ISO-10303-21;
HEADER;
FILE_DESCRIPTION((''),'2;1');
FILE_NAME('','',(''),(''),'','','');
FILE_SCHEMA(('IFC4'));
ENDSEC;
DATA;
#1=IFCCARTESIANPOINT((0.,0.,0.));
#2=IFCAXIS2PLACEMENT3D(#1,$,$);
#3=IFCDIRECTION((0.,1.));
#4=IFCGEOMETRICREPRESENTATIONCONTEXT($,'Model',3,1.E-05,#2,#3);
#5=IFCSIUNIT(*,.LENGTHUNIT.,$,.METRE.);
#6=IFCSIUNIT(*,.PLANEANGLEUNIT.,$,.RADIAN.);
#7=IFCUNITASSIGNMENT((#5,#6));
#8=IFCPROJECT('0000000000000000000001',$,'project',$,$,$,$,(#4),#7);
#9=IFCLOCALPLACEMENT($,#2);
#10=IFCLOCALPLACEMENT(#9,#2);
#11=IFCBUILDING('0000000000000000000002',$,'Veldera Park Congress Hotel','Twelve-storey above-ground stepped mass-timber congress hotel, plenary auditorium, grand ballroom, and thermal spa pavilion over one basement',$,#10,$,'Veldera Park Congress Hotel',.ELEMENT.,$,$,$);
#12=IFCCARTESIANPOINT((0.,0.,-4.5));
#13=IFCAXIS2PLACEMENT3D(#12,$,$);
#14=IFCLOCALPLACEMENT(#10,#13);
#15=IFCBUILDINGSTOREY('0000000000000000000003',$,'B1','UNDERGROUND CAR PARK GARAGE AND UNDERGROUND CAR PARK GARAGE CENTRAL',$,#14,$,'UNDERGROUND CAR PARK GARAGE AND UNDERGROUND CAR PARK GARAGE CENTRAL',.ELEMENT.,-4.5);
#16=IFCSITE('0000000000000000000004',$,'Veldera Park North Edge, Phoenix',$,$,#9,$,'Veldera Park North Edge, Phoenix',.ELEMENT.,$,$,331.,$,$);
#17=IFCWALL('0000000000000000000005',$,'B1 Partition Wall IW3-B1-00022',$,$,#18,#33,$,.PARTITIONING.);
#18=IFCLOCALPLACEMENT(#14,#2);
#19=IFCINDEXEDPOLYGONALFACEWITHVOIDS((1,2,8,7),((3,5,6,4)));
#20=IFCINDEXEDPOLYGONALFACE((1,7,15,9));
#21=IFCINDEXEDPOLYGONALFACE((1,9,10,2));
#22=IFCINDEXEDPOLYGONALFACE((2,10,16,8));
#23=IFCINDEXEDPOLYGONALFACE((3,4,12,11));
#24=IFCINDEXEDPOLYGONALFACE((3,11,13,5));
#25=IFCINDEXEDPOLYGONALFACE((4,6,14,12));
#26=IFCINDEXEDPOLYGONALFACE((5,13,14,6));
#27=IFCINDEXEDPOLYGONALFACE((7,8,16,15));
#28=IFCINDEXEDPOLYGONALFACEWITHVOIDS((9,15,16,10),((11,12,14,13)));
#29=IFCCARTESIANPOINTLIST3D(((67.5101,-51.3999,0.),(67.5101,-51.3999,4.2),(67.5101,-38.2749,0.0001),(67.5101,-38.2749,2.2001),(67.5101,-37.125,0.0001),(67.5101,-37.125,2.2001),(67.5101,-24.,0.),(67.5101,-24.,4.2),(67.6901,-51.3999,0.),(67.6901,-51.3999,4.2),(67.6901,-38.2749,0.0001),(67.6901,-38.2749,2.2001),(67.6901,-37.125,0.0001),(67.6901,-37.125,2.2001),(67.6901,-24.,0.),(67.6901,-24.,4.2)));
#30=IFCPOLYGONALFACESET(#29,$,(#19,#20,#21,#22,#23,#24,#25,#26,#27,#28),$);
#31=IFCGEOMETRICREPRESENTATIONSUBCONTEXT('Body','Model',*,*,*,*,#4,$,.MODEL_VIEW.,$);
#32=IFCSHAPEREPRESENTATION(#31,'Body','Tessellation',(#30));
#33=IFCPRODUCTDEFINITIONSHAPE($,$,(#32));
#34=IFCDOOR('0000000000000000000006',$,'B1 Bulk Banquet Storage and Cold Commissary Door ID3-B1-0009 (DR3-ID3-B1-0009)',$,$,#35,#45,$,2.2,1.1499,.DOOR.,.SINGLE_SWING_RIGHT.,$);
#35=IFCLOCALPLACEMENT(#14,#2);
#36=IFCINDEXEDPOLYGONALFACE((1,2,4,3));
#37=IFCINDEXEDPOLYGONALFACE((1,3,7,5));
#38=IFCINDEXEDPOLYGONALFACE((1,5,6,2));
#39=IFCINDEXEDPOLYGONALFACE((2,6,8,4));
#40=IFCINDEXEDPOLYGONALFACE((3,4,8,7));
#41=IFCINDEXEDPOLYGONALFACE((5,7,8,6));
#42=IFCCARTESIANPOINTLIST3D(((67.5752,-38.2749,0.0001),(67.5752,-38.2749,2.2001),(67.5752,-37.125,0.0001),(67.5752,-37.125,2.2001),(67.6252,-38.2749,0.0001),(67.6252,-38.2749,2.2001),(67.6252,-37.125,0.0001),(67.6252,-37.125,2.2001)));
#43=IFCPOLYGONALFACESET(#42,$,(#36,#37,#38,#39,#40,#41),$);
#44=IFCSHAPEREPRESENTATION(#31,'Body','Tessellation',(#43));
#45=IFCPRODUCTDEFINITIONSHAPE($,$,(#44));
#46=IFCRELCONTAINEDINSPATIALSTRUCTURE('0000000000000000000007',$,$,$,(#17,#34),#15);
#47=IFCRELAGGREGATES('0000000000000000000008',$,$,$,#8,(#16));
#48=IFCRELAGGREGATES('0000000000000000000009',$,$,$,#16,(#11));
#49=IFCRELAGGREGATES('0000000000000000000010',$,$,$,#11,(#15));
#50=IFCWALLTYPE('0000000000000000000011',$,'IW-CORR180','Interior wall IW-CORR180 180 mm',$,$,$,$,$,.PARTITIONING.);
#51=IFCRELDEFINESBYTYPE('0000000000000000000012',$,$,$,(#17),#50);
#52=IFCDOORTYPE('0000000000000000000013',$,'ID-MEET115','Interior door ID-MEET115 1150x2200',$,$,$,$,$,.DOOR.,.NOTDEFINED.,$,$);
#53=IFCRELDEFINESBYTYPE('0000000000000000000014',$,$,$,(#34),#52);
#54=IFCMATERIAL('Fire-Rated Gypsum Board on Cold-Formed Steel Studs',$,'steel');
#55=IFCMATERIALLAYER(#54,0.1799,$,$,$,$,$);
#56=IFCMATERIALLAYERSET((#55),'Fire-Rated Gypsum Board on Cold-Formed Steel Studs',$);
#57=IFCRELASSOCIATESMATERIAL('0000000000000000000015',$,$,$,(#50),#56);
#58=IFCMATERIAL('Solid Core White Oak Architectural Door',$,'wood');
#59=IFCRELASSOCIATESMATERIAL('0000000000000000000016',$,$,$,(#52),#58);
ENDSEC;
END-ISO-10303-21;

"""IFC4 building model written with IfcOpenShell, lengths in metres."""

from ifc_helpers import new_model, si_unit, direction, frame, frame_2d, origin, place, context, subcontext, project, spatial, rectangle, extrude, material, layer, layer_set, type_object, element, fill, save


model = new_model("IFC4")

# Units and contexts
model_context = context("Model", 3, precision=1e-05, world=origin(), true_north=direction((0.0, 1.0)))
body_context = subcontext(model_context, "Body", "Model", "MODEL_VIEW")
ifc_project = project(units=[si_unit("LENGTHUNIT", "METRE"), si_unit("PLANEANGLEUNIT", "RADIAN")], contexts=[model_context])

# Site, building, storey
site_placement = place(None, origin())
site = spatial("IfcSite", under=ifc_project, at=site_placement, Name="Veldera Park North Edge, Phoenix", LongName="Veldera Park North Edge, Phoenix", CompositionType="ELEMENT", RefElevation=331.0)
building_placement = place(site_placement, origin())
building = spatial("IfcBuilding", under=site, at=building_placement, Name="Veldera Park Congress Hotel", Description="Twelve-storey above-ground stepped mass-timber congress hotel, plenary auditorium, grand ballroom, and thermal spa pavilion over one basement", LongName="Veldera Park Congress Hotel", CompositionType="ELEMENT")
storey_placement = place(building_placement, frame((0.0, 0.0, -4.5)))
storey = spatial("IfcBuildingStorey", under=building, at=storey_placement, Name="B1", Description="UNDERGROUND CAR PARK GARAGE AND UNDERGROUND CAR PARK GARAGE CENTRAL", LongName="UNDERGROUND CAR PARK GARAGE AND UNDERGROUND CAR PARK GARAGE CENTRAL", CompositionType="ELEMENT", Elevation=-4.5)

# Wall, opening, door
ifc_material_1 = material(Name="Fire-Rated Gypsum Board on Cold-Formed Steel Studs", Category="steel")
ifc_layer = layer(ifc_material_1, 0.1799)
ifc_layer_set = layer_set([ifc_layer], Name="Fire-Rated Gypsum Board on Cold-Formed Steel Studs")
wall_type = type_object("IfcWallType", Name="IW-CORR180", Description="Interior wall IW-CORR180 180 mm", PredefinedType="PARTITIONING", material=ifc_layer_set)
wall_placement = place(storey_placement, frame((67.6001, -51.3999, 0.0), z_axis=(0.0, 0.0, 1.0), x_axis=(0.0, 1.0, 0.0)))
wall = element("IfcWall", 1, at=wall_placement, inside=storey, type_object=wall_type, Name="B1 Partition Wall IW3-B1-00022", PredefinedType="PARTITIONING", context=body_context, shape_type="SweptSolid", body=[
    extrude(rectangle(XDim=27.3999, YDim=0.1799, at=frame_2d((13.7, 0.0))), origin(), (0.0, 0.0, 1.0), 4.2),
])
opening_placement = place(wall_placement, frame((13.125, 0.0, 0.0)))
opening = element("IfcOpeningElement", 2, at=opening_placement, cuts=wall, PredefinedType="OPENING", context=body_context, shape_type="SweptSolid", body=[
    extrude(rectangle(XDim=1.1499, YDim=2.2, at=frame_2d((0.575, 1.1001))), frame((0.0, 0.1021, 0.0), z_axis=(0.0, -1.0, 0.0), x_axis=(1.0, 0.0, 0.0)), (0.0, 0.0, 1.0), 0.2039),
])
ifc_material_2 = material(Name="Solid Core White Oak Architectural Door", Category="wood")
door_type = type_object("IfcDoorType", Name="ID-MEET115", Description="Interior door ID-MEET115 1150x2200", OperationType="NOTDEFINED", PredefinedType="DOOR", material=ifc_material_2)
door_placement = place(opening_placement, origin())
door = element("IfcDoor", 3, at=door_placement, inside=storey, type_object=door_type, Name="B1 Bulk Banquet Storage and Cold Commissary Door ID3-B1-0009 (DR3-ID3-B1-0009)", OperationType="SINGLE_SWING_RIGHT", OverallHeight=2.2, OverallWidth=1.1499, PredefinedType="DOOR", context=body_context, shape_type="SweptSolid", body=[
    extrude(rectangle(XDim=1.1499, YDim=2.2, at=frame_2d((0.575, 1.1001))), frame((0.0, 0.0249, 0.0), z_axis=(0.0, -1.0, 0.0), x_axis=(1.0, 0.0, 0.0)), (0.0, 0.0, 1.0), 0.05),
])
fill(opening, door)

save(model, "model.ifc")
